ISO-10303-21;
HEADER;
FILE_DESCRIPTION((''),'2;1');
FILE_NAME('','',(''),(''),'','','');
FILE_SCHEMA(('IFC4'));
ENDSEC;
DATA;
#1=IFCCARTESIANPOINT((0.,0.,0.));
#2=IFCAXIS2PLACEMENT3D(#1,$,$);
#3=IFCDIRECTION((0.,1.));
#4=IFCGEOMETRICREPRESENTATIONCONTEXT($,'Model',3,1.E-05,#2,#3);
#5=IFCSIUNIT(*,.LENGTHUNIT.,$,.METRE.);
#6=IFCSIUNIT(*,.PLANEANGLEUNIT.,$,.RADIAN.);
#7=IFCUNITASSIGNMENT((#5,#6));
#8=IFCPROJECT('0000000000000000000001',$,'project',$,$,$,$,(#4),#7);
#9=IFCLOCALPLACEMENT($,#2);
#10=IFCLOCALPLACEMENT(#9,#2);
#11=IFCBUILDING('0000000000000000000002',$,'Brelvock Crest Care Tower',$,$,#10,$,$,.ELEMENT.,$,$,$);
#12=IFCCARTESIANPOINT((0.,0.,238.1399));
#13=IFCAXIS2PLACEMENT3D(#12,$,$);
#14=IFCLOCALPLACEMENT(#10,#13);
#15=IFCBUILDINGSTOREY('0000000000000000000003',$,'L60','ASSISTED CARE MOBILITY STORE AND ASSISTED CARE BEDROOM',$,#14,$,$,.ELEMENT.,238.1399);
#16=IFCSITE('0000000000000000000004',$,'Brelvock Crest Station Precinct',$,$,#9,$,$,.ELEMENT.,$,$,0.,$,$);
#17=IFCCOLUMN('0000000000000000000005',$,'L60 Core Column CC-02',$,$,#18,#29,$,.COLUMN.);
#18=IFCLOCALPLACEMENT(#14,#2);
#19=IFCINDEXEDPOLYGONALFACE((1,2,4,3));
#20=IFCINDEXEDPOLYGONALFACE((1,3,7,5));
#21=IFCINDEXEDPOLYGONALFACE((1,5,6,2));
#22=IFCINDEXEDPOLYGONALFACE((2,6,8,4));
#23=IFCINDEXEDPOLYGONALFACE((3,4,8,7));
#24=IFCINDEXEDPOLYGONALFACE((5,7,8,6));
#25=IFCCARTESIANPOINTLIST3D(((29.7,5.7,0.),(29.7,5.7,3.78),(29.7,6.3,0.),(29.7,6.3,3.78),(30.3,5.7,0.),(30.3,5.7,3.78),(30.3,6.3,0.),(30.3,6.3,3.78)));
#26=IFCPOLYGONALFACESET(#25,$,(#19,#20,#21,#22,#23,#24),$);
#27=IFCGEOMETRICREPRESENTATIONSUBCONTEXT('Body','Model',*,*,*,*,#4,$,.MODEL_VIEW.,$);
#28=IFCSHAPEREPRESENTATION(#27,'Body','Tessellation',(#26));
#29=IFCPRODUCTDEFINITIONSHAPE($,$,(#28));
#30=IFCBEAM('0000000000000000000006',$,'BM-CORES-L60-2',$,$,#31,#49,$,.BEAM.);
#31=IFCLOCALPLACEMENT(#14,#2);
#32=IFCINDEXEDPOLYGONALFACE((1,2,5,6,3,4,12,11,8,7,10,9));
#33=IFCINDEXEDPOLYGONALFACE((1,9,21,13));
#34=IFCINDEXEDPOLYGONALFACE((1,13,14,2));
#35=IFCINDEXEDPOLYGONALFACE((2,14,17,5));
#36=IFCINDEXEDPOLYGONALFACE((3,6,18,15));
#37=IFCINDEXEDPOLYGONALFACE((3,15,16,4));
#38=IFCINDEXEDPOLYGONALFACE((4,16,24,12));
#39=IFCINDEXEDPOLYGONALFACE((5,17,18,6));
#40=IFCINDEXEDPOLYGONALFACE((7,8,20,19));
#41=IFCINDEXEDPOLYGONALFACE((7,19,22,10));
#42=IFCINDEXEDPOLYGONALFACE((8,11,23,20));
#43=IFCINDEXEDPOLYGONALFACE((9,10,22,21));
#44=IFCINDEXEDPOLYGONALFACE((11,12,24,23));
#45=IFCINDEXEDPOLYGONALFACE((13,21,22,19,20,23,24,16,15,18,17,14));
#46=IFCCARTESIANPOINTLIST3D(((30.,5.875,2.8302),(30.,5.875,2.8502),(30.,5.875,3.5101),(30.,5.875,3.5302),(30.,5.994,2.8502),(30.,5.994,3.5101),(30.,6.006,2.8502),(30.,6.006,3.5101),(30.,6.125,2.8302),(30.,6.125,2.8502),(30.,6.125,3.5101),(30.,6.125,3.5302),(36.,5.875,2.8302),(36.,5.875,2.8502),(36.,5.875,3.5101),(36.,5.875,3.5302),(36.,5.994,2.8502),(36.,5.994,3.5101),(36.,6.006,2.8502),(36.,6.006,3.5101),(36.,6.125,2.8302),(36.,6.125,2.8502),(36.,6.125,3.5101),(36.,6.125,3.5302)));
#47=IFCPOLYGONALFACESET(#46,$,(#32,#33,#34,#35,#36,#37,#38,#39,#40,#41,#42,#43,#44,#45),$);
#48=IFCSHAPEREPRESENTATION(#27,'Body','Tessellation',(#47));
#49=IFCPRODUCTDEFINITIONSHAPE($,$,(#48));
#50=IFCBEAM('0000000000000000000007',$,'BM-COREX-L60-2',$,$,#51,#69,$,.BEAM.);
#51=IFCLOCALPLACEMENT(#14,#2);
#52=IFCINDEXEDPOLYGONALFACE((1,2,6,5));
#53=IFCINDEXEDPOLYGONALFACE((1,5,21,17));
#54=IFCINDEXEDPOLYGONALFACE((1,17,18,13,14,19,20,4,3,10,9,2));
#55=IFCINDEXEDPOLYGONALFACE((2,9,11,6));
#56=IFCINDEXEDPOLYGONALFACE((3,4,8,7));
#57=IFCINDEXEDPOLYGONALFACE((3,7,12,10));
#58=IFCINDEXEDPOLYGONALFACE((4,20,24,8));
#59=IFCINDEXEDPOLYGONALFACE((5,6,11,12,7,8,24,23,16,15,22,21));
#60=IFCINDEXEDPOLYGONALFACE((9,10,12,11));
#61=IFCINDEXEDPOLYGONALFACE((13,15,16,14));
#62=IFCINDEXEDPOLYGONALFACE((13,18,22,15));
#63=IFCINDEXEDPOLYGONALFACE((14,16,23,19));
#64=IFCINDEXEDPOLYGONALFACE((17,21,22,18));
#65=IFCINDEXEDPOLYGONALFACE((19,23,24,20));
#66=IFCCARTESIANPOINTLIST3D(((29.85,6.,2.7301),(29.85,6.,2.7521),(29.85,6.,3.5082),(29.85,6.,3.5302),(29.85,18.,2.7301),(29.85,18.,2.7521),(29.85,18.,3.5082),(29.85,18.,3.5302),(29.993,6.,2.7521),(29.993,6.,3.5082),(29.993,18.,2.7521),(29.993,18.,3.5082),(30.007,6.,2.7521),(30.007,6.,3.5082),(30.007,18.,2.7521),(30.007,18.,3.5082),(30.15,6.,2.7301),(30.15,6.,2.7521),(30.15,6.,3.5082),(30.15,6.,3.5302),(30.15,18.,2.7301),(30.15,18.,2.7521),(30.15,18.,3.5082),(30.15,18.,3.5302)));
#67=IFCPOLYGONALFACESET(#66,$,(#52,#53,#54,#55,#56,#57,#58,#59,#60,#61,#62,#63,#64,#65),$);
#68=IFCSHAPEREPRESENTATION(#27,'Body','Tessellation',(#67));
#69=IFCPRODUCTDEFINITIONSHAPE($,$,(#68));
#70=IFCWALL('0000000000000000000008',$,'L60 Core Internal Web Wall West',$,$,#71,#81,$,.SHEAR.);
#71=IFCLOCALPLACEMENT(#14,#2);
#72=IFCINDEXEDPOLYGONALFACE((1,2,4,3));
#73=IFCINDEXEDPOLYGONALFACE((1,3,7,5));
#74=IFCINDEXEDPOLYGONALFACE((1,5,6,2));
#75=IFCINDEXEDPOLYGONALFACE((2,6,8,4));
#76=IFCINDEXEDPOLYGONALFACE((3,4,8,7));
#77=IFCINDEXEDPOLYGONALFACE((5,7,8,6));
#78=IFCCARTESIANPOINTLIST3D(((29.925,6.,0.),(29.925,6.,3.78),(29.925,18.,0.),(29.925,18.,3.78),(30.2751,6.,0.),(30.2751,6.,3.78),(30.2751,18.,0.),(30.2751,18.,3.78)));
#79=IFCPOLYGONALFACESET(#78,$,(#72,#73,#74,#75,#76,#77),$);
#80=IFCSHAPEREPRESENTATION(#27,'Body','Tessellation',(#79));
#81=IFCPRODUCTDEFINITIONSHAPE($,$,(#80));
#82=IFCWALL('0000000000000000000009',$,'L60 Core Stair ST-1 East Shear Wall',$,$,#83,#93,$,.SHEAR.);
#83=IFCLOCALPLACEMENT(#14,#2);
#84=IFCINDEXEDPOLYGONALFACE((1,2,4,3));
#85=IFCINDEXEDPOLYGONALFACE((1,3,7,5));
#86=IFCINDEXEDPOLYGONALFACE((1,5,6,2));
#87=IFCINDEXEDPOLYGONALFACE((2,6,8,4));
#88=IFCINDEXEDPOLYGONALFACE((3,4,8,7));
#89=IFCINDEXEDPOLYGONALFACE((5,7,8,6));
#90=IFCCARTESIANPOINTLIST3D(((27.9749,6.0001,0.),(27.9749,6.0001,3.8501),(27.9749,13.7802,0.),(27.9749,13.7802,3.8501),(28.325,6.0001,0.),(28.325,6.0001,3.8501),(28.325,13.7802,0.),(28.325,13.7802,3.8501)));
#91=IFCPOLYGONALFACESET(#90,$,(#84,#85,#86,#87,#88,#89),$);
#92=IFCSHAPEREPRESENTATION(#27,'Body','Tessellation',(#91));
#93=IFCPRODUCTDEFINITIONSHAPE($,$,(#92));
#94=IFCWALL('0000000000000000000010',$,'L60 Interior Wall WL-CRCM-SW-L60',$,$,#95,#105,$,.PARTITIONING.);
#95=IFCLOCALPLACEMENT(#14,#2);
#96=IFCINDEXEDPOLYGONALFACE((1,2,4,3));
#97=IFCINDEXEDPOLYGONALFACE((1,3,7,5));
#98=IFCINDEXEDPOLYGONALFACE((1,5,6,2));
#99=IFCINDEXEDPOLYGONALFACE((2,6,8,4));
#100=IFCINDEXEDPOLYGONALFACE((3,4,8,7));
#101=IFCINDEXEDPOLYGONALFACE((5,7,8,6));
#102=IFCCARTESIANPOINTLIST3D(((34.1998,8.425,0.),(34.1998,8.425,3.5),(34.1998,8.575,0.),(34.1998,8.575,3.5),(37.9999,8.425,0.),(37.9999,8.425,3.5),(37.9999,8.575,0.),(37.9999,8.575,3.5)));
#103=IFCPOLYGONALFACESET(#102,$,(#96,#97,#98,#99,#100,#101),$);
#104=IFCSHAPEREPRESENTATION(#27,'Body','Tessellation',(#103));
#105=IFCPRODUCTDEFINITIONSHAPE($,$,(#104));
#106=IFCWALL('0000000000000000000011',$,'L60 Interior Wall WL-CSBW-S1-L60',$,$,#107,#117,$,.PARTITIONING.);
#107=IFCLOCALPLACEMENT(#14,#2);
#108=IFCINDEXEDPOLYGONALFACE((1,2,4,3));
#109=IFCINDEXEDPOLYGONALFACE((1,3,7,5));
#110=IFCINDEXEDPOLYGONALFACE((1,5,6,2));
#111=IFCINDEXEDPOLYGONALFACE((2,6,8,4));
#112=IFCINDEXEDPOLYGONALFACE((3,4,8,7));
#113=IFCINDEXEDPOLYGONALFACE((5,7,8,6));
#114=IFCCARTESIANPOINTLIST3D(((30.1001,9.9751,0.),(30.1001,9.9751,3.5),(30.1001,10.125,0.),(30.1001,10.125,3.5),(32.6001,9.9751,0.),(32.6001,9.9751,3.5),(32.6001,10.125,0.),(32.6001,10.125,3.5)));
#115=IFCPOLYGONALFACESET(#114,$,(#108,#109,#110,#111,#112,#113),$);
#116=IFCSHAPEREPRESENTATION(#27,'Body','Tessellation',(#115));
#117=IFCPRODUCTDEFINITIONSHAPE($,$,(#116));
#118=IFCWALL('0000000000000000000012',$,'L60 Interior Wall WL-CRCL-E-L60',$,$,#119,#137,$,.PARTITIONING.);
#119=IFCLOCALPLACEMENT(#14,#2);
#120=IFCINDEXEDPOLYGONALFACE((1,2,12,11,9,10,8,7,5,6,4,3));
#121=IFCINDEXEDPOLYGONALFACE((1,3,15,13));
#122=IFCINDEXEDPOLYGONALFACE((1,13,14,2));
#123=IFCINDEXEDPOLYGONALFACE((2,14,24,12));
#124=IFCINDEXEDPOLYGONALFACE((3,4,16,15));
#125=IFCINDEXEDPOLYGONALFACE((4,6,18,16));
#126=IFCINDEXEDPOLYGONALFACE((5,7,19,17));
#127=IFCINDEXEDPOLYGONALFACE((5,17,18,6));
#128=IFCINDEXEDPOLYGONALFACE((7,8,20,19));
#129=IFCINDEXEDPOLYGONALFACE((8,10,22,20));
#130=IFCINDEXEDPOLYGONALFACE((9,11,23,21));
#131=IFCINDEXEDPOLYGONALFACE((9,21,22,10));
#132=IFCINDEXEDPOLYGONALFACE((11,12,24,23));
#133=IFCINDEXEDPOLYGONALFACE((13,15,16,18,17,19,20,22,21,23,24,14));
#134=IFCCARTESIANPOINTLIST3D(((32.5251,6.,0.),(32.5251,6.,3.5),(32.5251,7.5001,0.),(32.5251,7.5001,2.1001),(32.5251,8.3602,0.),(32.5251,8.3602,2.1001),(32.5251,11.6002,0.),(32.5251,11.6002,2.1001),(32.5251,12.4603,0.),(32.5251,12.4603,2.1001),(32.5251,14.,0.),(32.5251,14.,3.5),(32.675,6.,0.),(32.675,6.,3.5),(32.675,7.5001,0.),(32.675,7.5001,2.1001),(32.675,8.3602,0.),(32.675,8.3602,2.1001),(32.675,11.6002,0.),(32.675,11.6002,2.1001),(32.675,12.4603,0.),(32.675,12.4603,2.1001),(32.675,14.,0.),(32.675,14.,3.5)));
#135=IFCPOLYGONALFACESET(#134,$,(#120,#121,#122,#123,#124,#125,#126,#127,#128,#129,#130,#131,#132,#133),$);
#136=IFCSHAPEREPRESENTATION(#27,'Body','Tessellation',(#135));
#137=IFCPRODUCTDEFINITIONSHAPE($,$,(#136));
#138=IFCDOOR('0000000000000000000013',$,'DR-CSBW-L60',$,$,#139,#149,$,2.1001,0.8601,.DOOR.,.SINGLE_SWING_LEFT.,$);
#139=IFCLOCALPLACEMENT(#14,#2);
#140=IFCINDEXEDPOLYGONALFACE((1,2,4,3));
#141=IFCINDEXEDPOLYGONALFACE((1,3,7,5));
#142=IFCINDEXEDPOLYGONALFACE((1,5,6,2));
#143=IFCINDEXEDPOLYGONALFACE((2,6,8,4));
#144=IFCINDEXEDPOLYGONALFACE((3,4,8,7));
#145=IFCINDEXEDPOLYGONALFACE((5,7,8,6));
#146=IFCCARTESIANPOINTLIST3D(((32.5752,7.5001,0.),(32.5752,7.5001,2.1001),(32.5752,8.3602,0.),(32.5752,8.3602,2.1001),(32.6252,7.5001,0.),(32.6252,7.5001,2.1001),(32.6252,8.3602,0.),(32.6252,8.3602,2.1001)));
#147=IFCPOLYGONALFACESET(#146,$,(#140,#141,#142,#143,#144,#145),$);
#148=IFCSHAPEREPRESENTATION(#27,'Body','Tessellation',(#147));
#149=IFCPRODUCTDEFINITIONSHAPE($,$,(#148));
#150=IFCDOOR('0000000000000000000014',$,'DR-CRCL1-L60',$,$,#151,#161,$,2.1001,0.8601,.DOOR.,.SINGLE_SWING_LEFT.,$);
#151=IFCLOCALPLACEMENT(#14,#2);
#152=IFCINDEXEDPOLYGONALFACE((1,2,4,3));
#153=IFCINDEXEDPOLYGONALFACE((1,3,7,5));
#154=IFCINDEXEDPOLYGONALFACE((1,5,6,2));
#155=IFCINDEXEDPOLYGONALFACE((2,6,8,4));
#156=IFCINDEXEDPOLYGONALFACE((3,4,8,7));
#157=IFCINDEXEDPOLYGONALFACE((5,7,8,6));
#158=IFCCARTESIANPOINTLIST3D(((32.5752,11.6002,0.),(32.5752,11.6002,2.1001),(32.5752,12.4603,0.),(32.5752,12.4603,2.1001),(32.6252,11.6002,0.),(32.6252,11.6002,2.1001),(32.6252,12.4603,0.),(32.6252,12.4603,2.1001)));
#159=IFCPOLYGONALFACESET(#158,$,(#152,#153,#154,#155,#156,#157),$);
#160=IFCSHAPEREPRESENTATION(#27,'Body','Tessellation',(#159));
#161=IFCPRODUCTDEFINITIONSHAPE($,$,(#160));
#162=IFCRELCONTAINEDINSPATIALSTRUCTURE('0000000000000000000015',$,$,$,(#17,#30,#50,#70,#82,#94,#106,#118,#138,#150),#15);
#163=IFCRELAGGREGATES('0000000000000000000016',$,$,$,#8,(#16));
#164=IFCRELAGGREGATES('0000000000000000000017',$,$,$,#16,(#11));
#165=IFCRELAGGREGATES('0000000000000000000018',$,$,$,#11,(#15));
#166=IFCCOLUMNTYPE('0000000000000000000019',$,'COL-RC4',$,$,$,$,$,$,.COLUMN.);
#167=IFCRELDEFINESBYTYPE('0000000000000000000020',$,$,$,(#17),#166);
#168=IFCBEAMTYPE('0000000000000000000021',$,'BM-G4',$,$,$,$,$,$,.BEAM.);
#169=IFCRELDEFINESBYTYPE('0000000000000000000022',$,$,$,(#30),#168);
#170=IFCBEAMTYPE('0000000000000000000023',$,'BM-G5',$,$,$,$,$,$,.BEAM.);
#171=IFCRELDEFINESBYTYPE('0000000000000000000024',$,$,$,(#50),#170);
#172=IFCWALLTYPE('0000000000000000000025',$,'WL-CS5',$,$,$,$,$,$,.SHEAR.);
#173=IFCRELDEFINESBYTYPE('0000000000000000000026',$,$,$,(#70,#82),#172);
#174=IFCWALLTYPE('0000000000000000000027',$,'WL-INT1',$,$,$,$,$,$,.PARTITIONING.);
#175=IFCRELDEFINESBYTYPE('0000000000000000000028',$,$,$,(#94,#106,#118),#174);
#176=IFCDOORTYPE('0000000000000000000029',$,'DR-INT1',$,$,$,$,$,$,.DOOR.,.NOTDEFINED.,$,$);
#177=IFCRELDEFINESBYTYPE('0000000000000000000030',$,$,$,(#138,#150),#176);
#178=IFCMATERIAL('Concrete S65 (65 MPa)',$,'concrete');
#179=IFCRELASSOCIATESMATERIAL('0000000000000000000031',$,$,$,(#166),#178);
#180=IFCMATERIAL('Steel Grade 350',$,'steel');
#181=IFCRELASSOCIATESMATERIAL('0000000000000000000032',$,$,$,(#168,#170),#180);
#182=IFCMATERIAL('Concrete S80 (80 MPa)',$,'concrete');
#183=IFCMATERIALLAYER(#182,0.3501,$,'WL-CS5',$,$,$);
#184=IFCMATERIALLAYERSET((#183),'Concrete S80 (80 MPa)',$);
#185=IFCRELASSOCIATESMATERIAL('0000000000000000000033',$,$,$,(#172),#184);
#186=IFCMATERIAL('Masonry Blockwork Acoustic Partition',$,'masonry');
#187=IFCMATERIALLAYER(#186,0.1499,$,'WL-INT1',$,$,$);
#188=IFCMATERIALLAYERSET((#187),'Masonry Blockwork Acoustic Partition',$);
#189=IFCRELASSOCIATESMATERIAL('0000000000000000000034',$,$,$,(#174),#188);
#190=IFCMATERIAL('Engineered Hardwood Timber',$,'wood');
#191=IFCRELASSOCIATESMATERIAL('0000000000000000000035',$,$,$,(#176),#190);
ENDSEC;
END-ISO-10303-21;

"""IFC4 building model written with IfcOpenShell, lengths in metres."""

from ifc_helpers import new_model, si_unit, direction, frame, frame_2d, origin, origin_2d, place, context, subcontext, project, spatial, rectangle, i_section, extrude, source, transform, mapped, material, layer, layer_set, material_profile, profile_set, type_object, element, fill, save


model = new_model("IFC4")

# Units and contexts
model_context = context("Model", 3, precision=1e-05, world=origin(), true_north=direction((0.0, 1.0)))
body_context = subcontext(model_context, "Body", "Model", "MODEL_VIEW")
ifc_project = project(units=[si_unit("LENGTHUNIT", "METRE"), si_unit("PLANEANGLEUNIT", "RADIAN")], contexts=[model_context])

# Site, building, storey
site_placement = place(None, origin())
site = spatial("IfcSite", under=ifc_project, at=site_placement, Name="Brelvock Crest Station Precinct", CompositionType="ELEMENT", RefElevation=0.0)
building_placement = place(site_placement, origin())
building = spatial("IfcBuilding", under=site, at=building_placement, Name="Brelvock Crest Care Tower", CompositionType="ELEMENT")
storey_placement = place(building_placement, frame((0.0, 0.0, 238.1399)))
storey = spatial("IfcBuildingStorey", under=building, at=storey_placement, Name="L60", Description="ASSISTED CARE MOBILITY STORE AND ASSISTED CARE BEDROOM", CompositionType="ELEMENT", Elevation=238.1399)

# Column
ifc_material_1 = material(Name="Concrete S65 (65 MPa)", Category="concrete")
ifc_material_profile_1 = material_profile(ifc_material_1, rectangle(XDim=0.6001, YDim=0.6001, at=origin_2d()), Name="RC600x600")
ifc_profile_set_1 = profile_set([ifc_material_profile_1], Name="Concrete S65 (65 MPa)")
column_type = type_object("IfcColumnType", Name="COL-RC4", PredefinedType="COLUMN", material=ifc_profile_set_1)
shared_shape_1 = source(origin(), body_context, "Body", "SweptSolid", [
    extrude(rectangle(XDim=0.6001, YDim=0.6001, at=origin_2d()), origin(), (0.0, 0.0, 1.0), 3.78),
])
column_placement = place(storey_placement, frame((30.0, 6.0, 0.0), z_axis=(0.0, 0.0, 1.0), x_axis=(1.0, 0.0, 0.0)))
element("IfcColumn", 1, at=column_placement, inside=storey, type_object=column_type, Name="L60 Core Column CC-02", PredefinedType="COLUMN", context=body_context, shape_type="MappedRepresentation", body=[
    mapped(shared_shape_1, transform((0.0, 0.0, 0.0), x_axis=(1.0, 0.0, 0.0), y_axis=(0.0, 1.0, 0.0), z_axis=(0.0, 0.0, 1.0), scale=1.0)),
])

# Beams
ifc_material_2 = material(Name="Steel Grade 350", Category="steel")
ifc_material_profile_2 = material_profile(ifc_material_2, i_section(OverallWidth=0.25, OverallDepth=0.7, WebThickness=0.012, FlangeThickness=0.02, at=origin_2d()), Name="700WB150")
ifc_profile_set_2 = profile_set([ifc_material_profile_2], Name="Steel Grade 350")
beam_type_1 = type_object("IfcBeamType", Name="BM-G4", PredefinedType="BEAM", material=ifc_profile_set_2)
shared_shape_2 = source(origin(), body_context, "Body", "SweptSolid", [
    extrude(i_section(OverallWidth=0.25, OverallDepth=0.7, WebThickness=0.012, FlangeThickness=0.02, at=origin_2d()), origin(), (0.0, 0.0, 1.0), 6.0),
])
beam_1_placement = place(storey_placement, frame((30.0, 6.0, 3.1802), z_axis=(1.0, 0.0, 0.0), x_axis=(0.0, 1.0, 0.0)))
element("IfcBeam", 2, at=beam_1_placement, inside=storey, type_object=beam_type_1, Name="BM-CORES-L60-2", PredefinedType="BEAM", context=body_context, shape_type="MappedRepresentation", body=[
    mapped(shared_shape_2, transform((0.0, 0.0, 0.0), x_axis=(1.0, 0.0, 0.0), y_axis=(0.0, 1.0, 0.0), z_axis=(0.0, 0.0, 1.0), scale=1.0)),
])
ifc_material_profile_3 = material_profile(ifc_material_2, i_section(OverallWidth=0.3, OverallDepth=0.8, WebThickness=0.0139, FlangeThickness=0.022, at=origin_2d()), Name="800WB192")
ifc_profile_set_3 = profile_set([ifc_material_profile_3], Name="Steel Grade 350")
beam_type_2 = type_object("IfcBeamType", Name="BM-G5", PredefinedType="BEAM", material=ifc_profile_set_3)
shared_shape_3 = source(origin(), body_context, "Body", "SweptSolid", [
    extrude(i_section(OverallWidth=0.3, OverallDepth=0.8, WebThickness=0.0139, FlangeThickness=0.022, at=origin_2d()), origin(), (0.0, 0.0, 1.0), 12.0),
])
beam_2_placement = place(storey_placement, frame((30.0, 6.0, 3.1301), z_axis=(0.0, 1.0, 0.0), x_axis=(-1.0, 0.0, 0.0)))
element("IfcBeam", 3, at=beam_2_placement, inside=storey, type_object=beam_type_2, Name="BM-COREX-L60-2", PredefinedType="BEAM", context=body_context, shape_type="MappedRepresentation", body=[
    mapped(shared_shape_3, transform((0.0, 0.0, 0.0), x_axis=(1.0, 0.0, 0.0), y_axis=(0.0, 1.0, 0.0), z_axis=(0.0, 0.0, 1.0), scale=1.0)),
])

# Walls
ifc_material_3 = material(Name="Concrete S80 (80 MPa)", Category="concrete")
ifc_layer_1 = layer(ifc_material_3, 0.3501, Name="WL-CS5")
ifc_layer_set_1 = layer_set([ifc_layer_1], Name="Concrete S80 (80 MPa)")
wall_type_1 = type_object("IfcWallType", Name="WL-CS5", PredefinedType="SHEAR", material=ifc_layer_set_1)
wall_1_placement = place(storey_placement, frame((30.1001, 6.0, 0.0), z_axis=(0.0, 0.0, 1.0), x_axis=(0.0, 1.0, 0.0)))
element("IfcWall", 4, at=wall_1_placement, inside=storey, type_object=wall_type_1, Name="L60 Core Internal Web Wall West", PredefinedType="SHEAR", context=body_context, shape_type="SweptSolid", body=[
    extrude(rectangle(XDim=12.0, YDim=0.3501, at=frame_2d((6.0, 0.0))), origin(), (0.0, 0.0, 1.0), 3.78),
])
wall_2_placement = place(storey_placement, frame((28.1499, 6.0, 0.0), z_axis=(0.0, 0.0, 1.0), x_axis=(0.0, 1.0, 0.0)))
element("IfcWall", 5, at=wall_2_placement, inside=storey, type_object=wall_type_1, Name="L60 Core Stair ST-1 East Shear Wall", PredefinedType="SHEAR", context=body_context, shape_type="SweptSolid", body=[
    extrude(rectangle(XDim=7.78, YDim=0.3501, at=frame_2d((3.8901, 0.0))), origin(), (0.0, 0.0, 1.0), 3.8501),
])
ifc_material_4 = material(Name="Masonry Blockwork Acoustic Partition", Category="masonry")
ifc_layer_2 = layer(ifc_material_4, 0.1499, Name="WL-INT1")
ifc_layer_set_2 = layer_set([ifc_layer_2], Name="Masonry Blockwork Acoustic Partition")
wall_type_2 = type_object("IfcWallType", Name="WL-INT1", PredefinedType="PARTITIONING", material=ifc_layer_set_2)
wall_3_placement = place(storey_placement, frame((34.2, 8.5, 0.0), z_axis=(0.0, 0.0, 1.0), x_axis=(1.0, 0.0, 0.0)))
element("IfcWall", 6, at=wall_3_placement, inside=storey, type_object=wall_type_2, Name="L60 Interior Wall WL-CRCM-SW-L60", PredefinedType="PARTITIONING", context=body_context, shape_type="SweptSolid", body=[
    extrude(rectangle(XDim=3.8, YDim=0.1499, at=frame_2d((1.8999, 0.0))), origin(), (0.0, 0.0, 1.0), 3.5),
])
wall_4_placement = place(storey_placement, frame((30.1001, 10.05, 0.0), z_axis=(0.0, 0.0, 1.0), x_axis=(1.0, 0.0, 0.0)))
element("IfcWall", 7, at=wall_4_placement, inside=storey, type_object=wall_type_2, Name="L60 Interior Wall WL-CSBW-S1-L60", PredefinedType="PARTITIONING", context=body_context, shape_type="SweptSolid", body=[
    extrude(rectangle(XDim=2.5, YDim=0.1499, at=frame_2d((1.25, 0.0))), origin(), (0.0, 0.0, 1.0), 3.5),
])

# Wall, openings, doors
wall_5_placement = place(storey_placement, frame((32.6001, 6.0, 0.0), z_axis=(0.0, 0.0, 1.0), x_axis=(0.0, 1.0, 0.0)))
wall_5 = element("IfcWall", 8, at=wall_5_placement, inside=storey, type_object=wall_type_2, Name="L60 Interior Wall WL-CRCL-E-L60", PredefinedType="PARTITIONING", context=body_context, shape_type="SweptSolid", body=[
    extrude(rectangle(XDim=8.0, YDim=0.1499, at=frame_2d((4.0, 0.0))), origin(), (0.0, 0.0, 1.0), 3.5),
])
opening_1_placement = place(wall_5_placement, frame((1.5, 0.0, 0.0)))
opening_1 = element("IfcOpeningElement", 9, at=opening_1_placement, cuts=wall_5, PredefinedType="OPENING", context=body_context, shape_type="SweptSolid", body=[
    extrude(rectangle(XDim=0.8601, YDim=2.1001, at=origin_2d()), frame((0.4302, 0.085, 1.05), z_axis=(0.0, -1.0, 0.0), x_axis=(1.0, 0.0, 0.0)), (0.0, 0.0, 1.0), 0.1699),
])
opening_2_placement = place(wall_5_placement, frame((5.6001, 0.0, 0.0)))
opening_2 = element("IfcOpeningElement", 10, at=opening_2_placement, cuts=wall_5, PredefinedType="OPENING", context=body_context, shape_type="SweptSolid", body=[
    extrude(rectangle(XDim=0.8601, YDim=2.1001, at=origin_2d()), frame((0.4302, 0.085, 1.05), z_axis=(0.0, -1.0, 0.0), x_axis=(1.0, 0.0, 0.0)), (0.0, 0.0, 1.0), 0.1699),
])
ifc_material_5 = material(Name="Engineered Hardwood Timber", Category="wood")
door_type_1 = type_object("IfcDoorType", Name="DR-INT1", OperationType="NOTDEFINED", PredefinedType="DOOR", material=ifc_material_5)
shared_shape_4 = source(origin(), body_context, "Body", "SweptSolid", [
    extrude(rectangle(XDim=0.8601, YDim=2.1001, at=origin_2d()), frame((0.4302, 0.0249, 1.05), z_axis=(0.0, -1.0, 0.0), x_axis=(1.0, 0.0, 0.0)), (0.0, 0.0, 1.0), 0.05),
])
door_1_placement = place(opening_1_placement, origin())
door_1 = element("IfcDoor", 11, at=door_1_placement, inside=storey, type_object=door_type_1, Name="DR-CSBW-L60", OperationType="SINGLE_SWING_LEFT", OverallHeight=2.1001, OverallWidth=0.8601, PredefinedType="DOOR", context=body_context, shape_type="MappedRepresentation", body=[
    mapped(shared_shape_4, transform((0.0, 0.0, 0.0), x_axis=(1.0, 0.0, 0.0), y_axis=(0.0, 1.0, 0.0), z_axis=(0.0, 0.0, 1.0), scale=1.0)),
])
fill(opening_1, door_1)
door_2_placement = place(opening_2_placement, origin())
door_2 = element("IfcDoor", 12, at=door_2_placement, inside=storey, type_object=door_type_1, Name="DR-CRCL1-L60", OperationType="SINGLE_SWING_LEFT", OverallHeight=2.1001, OverallWidth=0.8601, PredefinedType="DOOR", context=body_context, shape_type="MappedRepresentation", body=[
    mapped(shared_shape_4, transform((0.0, 0.0, 0.0), x_axis=(1.0, 0.0, 0.0), y_axis=(0.0, 1.0, 0.0), z_axis=(0.0, 0.0, 1.0), scale=1.0)),
])
fill(opening_2, door_2)

save(model, "model.ifc")
